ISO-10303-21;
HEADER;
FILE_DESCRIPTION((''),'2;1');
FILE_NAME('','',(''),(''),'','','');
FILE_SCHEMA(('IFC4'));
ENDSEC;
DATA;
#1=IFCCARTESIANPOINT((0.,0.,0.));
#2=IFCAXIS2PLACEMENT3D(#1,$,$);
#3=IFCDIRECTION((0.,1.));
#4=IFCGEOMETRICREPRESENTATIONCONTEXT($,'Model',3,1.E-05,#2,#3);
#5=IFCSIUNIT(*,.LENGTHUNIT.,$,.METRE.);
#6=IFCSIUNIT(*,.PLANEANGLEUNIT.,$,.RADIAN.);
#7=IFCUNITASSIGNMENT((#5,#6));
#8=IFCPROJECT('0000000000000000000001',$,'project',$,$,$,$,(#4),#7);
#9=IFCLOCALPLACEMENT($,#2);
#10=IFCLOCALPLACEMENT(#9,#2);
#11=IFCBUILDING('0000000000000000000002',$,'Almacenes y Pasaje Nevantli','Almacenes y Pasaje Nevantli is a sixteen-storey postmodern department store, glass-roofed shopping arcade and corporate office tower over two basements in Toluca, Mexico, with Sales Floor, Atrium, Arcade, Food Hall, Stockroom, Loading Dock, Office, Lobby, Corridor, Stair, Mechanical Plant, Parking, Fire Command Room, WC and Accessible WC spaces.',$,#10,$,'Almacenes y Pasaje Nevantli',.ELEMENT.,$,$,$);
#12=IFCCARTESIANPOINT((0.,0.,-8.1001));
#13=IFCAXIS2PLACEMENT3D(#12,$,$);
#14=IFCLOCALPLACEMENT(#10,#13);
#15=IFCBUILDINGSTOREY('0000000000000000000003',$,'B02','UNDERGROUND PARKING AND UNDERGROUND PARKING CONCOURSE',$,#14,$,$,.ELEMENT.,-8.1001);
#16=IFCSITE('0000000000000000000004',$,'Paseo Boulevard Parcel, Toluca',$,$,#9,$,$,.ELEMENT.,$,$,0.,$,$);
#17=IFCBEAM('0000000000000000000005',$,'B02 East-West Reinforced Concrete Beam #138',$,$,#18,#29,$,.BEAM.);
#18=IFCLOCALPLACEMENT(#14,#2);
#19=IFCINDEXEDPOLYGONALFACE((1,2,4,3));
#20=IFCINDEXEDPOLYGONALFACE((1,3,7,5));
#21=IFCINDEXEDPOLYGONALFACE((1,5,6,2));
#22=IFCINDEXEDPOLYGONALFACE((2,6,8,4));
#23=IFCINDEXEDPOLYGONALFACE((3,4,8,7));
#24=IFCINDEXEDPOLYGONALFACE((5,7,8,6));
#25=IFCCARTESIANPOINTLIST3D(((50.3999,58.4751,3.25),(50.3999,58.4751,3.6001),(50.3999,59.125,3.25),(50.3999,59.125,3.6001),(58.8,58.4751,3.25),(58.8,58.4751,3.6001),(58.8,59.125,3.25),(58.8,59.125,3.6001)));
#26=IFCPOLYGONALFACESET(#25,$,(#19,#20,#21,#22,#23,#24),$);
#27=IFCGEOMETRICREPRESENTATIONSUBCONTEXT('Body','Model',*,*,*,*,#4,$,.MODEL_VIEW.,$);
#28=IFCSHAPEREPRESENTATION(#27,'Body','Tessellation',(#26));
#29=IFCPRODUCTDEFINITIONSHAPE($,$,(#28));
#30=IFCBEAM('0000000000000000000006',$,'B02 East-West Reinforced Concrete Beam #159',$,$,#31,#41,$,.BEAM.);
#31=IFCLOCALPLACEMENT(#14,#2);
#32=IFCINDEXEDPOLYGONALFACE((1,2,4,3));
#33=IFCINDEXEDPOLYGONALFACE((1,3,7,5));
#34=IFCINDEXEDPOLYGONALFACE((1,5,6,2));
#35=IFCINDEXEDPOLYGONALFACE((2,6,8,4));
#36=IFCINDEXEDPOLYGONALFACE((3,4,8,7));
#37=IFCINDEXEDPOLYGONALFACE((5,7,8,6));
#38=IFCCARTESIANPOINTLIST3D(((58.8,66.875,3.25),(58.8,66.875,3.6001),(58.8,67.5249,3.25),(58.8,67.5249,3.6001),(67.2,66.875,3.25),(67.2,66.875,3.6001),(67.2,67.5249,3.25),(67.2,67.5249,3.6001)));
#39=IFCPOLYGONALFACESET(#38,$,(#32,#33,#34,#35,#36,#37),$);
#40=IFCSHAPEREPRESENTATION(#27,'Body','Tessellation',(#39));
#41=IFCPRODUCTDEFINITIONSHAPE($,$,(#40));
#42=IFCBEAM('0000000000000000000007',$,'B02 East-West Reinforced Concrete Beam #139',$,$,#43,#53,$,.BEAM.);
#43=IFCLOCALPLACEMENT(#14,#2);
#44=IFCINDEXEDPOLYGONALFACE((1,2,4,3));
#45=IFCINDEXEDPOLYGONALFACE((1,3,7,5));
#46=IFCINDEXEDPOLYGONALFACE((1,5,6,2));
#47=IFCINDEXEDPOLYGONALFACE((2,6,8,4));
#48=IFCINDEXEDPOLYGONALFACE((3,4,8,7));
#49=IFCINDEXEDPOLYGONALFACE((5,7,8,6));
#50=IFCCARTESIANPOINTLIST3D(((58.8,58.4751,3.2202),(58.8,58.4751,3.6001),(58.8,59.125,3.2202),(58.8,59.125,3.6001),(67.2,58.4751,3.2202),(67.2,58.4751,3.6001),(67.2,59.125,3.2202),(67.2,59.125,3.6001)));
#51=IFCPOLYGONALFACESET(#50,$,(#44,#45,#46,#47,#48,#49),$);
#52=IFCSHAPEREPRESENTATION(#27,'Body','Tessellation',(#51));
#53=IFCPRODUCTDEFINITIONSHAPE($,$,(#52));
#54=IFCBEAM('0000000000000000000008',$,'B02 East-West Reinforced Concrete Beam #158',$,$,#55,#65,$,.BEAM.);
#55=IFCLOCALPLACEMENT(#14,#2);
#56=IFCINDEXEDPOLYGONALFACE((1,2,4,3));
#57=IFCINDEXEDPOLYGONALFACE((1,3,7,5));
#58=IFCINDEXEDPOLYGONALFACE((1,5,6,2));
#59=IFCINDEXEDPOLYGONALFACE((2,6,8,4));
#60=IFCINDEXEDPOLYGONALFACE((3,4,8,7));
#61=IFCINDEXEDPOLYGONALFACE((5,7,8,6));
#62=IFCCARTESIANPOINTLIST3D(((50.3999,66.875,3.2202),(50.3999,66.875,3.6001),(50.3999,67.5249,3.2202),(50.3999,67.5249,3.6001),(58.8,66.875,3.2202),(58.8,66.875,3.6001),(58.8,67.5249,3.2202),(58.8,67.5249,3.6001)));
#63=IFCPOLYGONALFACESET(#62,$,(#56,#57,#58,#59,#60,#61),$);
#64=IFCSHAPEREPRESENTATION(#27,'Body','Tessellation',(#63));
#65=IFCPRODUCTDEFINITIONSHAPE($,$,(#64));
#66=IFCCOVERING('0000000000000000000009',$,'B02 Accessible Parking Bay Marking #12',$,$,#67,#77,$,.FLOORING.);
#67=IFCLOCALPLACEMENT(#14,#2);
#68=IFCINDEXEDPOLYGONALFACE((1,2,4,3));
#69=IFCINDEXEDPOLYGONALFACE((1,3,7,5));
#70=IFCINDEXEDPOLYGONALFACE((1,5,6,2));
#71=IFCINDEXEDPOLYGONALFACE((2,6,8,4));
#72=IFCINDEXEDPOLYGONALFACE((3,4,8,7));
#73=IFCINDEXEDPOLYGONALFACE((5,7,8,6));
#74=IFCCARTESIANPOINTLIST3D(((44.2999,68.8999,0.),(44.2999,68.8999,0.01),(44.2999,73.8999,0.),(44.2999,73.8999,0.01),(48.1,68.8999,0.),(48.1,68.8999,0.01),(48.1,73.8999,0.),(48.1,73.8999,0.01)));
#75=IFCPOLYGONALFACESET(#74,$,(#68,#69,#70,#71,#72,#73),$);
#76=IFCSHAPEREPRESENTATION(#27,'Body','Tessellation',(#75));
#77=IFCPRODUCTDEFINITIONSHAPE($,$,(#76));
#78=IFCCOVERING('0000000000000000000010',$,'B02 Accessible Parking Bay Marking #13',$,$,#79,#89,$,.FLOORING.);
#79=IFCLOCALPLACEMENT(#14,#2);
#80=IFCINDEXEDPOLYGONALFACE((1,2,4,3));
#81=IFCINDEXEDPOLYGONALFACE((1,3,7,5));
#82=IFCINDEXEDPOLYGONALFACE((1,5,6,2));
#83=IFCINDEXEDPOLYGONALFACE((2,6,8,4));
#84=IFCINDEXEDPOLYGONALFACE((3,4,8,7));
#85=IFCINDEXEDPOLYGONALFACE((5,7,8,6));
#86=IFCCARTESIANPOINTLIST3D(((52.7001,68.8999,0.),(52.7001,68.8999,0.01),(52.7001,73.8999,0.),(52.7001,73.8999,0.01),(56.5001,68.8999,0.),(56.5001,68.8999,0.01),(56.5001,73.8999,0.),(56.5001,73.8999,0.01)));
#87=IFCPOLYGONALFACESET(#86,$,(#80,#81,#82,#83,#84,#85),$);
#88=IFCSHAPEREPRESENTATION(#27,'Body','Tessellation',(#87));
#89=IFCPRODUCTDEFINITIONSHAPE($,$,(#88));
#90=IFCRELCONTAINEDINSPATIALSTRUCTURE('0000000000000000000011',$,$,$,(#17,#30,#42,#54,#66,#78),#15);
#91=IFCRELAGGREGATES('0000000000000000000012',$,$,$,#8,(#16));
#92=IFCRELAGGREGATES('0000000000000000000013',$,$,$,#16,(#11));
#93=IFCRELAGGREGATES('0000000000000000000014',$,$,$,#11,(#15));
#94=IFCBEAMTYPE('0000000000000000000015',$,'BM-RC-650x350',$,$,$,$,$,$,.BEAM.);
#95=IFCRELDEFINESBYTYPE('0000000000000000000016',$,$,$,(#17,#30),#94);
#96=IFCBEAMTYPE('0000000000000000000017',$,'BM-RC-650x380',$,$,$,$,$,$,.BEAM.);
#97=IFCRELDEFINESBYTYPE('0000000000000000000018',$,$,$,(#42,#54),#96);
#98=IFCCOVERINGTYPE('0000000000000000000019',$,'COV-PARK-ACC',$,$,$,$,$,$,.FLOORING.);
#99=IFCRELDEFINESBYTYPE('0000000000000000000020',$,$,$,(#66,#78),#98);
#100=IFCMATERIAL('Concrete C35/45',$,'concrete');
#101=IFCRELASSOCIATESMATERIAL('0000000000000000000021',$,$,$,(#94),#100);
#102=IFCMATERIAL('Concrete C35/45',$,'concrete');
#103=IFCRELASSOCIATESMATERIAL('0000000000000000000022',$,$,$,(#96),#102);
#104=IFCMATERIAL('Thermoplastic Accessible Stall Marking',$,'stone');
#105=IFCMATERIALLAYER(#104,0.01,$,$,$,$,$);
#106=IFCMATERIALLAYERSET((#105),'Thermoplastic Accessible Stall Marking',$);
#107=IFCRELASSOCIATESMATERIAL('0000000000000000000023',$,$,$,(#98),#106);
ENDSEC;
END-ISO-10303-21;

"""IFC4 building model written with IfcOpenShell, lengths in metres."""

from ifc_helpers import new_model, si_unit, direction, frame, origin, origin_2d, place, context, subcontext, project, spatial, rectangle, extrude, material, layer, layer_set, material_profile, profile_set, type_object, element, save


model = new_model("IFC4")

# Units and contexts
model_context = context("Model", 3, precision=1e-05, world=origin(), true_north=direction((0.0, 1.0)))
body_context = subcontext(model_context, "Body", "Model", "MODEL_VIEW")
ifc_project = project(units=[si_unit("LENGTHUNIT", "METRE"), si_unit("PLANEANGLEUNIT", "RADIAN")], contexts=[model_context])

# Site, building, storey
site_placement = place(None, origin())
site = spatial("IfcSite", under=ifc_project, at=site_placement, Name="Paseo Boulevard Parcel, Toluca", CompositionType="ELEMENT", RefElevation=0.0)
building_placement = place(site_placement, origin())
building = spatial("IfcBuilding", under=site, at=building_placement, Name="Almacenes y Pasaje Nevantli", Description="Almacenes y Pasaje Nevantli is a sixteen-storey postmodern department store, glass-roofed shopping arcade and corporate office tower over two basements in Toluca, Mexico, with Sales Floor, Atrium, Arcade, Food Hall, Stockroom, Loading Dock, Office, Lobby, Corridor, Stair, Mechanical Plant, Parking, Fire Command Room, WC and Accessible WC spaces.", LongName="Almacenes y Pasaje Nevantli", CompositionType="ELEMENT")
storey_placement = place(building_placement, frame((0.0, 0.0, -8.1001)))
storey = spatial("IfcBuildingStorey", under=building, at=storey_placement, Name="B02", Description="UNDERGROUND PARKING AND UNDERGROUND PARKING CONCOURSE", CompositionType="ELEMENT", Elevation=-8.1001)

# Beams
ifc_material_1 = material(Name="Concrete C35/45", Category="concrete")
ifc_material_profile_1 = material_profile(ifc_material_1, rectangle(XDim=0.6499, YDim=0.3501, at=origin_2d()), Name="RC-BM-650x350")
ifc_profile_set_1 = profile_set([ifc_material_profile_1], Name="Concrete C35/45")
beam_type_1 = type_object("IfcBeamType", Name="BM-RC-650x350", PredefinedType="BEAM", material=ifc_profile_set_1)
beam_1_placement = place(storey_placement, frame((50.3999, 58.8, 3.425), z_axis=(1.0, 0.0, 0.0), x_axis=(0.0, 1.0, 0.0)))
element("IfcBeam", 1, at=beam_1_placement, inside=storey, type_object=beam_type_1, Name="B02 East-West Reinforced Concrete Beam #138", PredefinedType="BEAM", context=body_context, shape_type="SweptSolid", body=[
    extrude(rectangle(XDim=0.6499, YDim=0.3501, at=origin_2d()), origin(), (0.0, 0.0, 1.0), 8.4001),
])
beam_2_placement = place(storey_placement, frame((58.8, 67.2, 3.425), z_axis=(1.0, 0.0, 0.0), x_axis=(0.0, 1.0, 0.0)))
element("IfcBeam", 2, at=beam_2_placement, inside=storey, type_object=beam_type_1, Name="B02 East-West Reinforced Concrete Beam #159", PredefinedType="BEAM", context=body_context, shape_type="SweptSolid", body=[
    extrude(rectangle(XDim=0.6499, YDim=0.3501, at=origin_2d()), origin(), (0.0, 0.0, 1.0), 8.3999),
])
ifc_material_2 = material(Name="Concrete C35/45", Category="concrete")
ifc_material_profile_2 = material_profile(ifc_material_2, rectangle(XDim=0.6499, YDim=0.3799, at=origin_2d()), Name="RC-BM-650x380")
ifc_profile_set_2 = profile_set([ifc_material_profile_2], Name="Concrete C35/45")
beam_type_2 = type_object("IfcBeamType", Name="BM-RC-650x380", PredefinedType="BEAM", material=ifc_profile_set_2)
beam_3_placement = place(storey_placement, frame((58.8, 58.8, 3.4102), z_axis=(1.0, 0.0, 0.0), x_axis=(0.0, 1.0, 0.0)))
element("IfcBeam", 3, at=beam_3_placement, inside=storey, type_object=beam_type_2, Name="B02 East-West Reinforced Concrete Beam #139", PredefinedType="BEAM", context=body_context, shape_type="SweptSolid", body=[
    extrude(rectangle(XDim=0.6499, YDim=0.3799, at=origin_2d()), origin(), (0.0, 0.0, 1.0), 8.3999),
])
beam_4_placement = place(storey_placement, frame((50.3999, 67.2, 3.4102), z_axis=(1.0, 0.0, 0.0), x_axis=(0.0, 1.0, 0.0)))
element("IfcBeam", 4, at=beam_4_placement, inside=storey, type_object=beam_type_2, Name="B02 East-West Reinforced Concrete Beam #158", PredefinedType="BEAM", context=body_context, shape_type="SweptSolid", body=[
    extrude(rectangle(XDim=0.6499, YDim=0.3799, at=origin_2d()), origin(), (0.0, 0.0, 1.0), 8.4001),
])

# Coverings
ifc_material_3 = material(Name="Thermoplastic Accessible Stall Marking", Category="stone")
ifc_layer_1 = layer(ifc_material_3, 0.01)
ifc_layer_set_1 = layer_set([ifc_layer_1], Name="Thermoplastic Accessible Stall Marking")
covering_type = type_object("IfcCoveringType", Name="COV-PARK-ACC", PredefinedType="FLOORING", material=ifc_layer_set_1)
for number, where, z_axis, x_axis, name in (
    (5, (46.2, 71.3999, 0.0), (0.0, 0.0, 1.0), (1.0, 0.0, 0.0), "B02 Accessible Parking Bay Marking #12"),
    (6, (54.6001, 71.3999, 0.0), (0.0, 0.0, 1.0), (1.0, 0.0, 0.0), "B02 Accessible Parking Bay Marking #13"),
):
    element("IfcCovering", number, at=place(storey_placement, frame(where, z_axis=z_axis, x_axis=x_axis)), inside=storey, type_object=covering_type, Name=name, PredefinedType="FLOORING", context=body_context, shape_type="SweptSolid", body=[
        extrude(rectangle(XDim=3.8, YDim=5.0, at=origin_2d()), origin(), (0.0, 0.0, 1.0), 0.01),
    ])

save(model, "model.ifc")
